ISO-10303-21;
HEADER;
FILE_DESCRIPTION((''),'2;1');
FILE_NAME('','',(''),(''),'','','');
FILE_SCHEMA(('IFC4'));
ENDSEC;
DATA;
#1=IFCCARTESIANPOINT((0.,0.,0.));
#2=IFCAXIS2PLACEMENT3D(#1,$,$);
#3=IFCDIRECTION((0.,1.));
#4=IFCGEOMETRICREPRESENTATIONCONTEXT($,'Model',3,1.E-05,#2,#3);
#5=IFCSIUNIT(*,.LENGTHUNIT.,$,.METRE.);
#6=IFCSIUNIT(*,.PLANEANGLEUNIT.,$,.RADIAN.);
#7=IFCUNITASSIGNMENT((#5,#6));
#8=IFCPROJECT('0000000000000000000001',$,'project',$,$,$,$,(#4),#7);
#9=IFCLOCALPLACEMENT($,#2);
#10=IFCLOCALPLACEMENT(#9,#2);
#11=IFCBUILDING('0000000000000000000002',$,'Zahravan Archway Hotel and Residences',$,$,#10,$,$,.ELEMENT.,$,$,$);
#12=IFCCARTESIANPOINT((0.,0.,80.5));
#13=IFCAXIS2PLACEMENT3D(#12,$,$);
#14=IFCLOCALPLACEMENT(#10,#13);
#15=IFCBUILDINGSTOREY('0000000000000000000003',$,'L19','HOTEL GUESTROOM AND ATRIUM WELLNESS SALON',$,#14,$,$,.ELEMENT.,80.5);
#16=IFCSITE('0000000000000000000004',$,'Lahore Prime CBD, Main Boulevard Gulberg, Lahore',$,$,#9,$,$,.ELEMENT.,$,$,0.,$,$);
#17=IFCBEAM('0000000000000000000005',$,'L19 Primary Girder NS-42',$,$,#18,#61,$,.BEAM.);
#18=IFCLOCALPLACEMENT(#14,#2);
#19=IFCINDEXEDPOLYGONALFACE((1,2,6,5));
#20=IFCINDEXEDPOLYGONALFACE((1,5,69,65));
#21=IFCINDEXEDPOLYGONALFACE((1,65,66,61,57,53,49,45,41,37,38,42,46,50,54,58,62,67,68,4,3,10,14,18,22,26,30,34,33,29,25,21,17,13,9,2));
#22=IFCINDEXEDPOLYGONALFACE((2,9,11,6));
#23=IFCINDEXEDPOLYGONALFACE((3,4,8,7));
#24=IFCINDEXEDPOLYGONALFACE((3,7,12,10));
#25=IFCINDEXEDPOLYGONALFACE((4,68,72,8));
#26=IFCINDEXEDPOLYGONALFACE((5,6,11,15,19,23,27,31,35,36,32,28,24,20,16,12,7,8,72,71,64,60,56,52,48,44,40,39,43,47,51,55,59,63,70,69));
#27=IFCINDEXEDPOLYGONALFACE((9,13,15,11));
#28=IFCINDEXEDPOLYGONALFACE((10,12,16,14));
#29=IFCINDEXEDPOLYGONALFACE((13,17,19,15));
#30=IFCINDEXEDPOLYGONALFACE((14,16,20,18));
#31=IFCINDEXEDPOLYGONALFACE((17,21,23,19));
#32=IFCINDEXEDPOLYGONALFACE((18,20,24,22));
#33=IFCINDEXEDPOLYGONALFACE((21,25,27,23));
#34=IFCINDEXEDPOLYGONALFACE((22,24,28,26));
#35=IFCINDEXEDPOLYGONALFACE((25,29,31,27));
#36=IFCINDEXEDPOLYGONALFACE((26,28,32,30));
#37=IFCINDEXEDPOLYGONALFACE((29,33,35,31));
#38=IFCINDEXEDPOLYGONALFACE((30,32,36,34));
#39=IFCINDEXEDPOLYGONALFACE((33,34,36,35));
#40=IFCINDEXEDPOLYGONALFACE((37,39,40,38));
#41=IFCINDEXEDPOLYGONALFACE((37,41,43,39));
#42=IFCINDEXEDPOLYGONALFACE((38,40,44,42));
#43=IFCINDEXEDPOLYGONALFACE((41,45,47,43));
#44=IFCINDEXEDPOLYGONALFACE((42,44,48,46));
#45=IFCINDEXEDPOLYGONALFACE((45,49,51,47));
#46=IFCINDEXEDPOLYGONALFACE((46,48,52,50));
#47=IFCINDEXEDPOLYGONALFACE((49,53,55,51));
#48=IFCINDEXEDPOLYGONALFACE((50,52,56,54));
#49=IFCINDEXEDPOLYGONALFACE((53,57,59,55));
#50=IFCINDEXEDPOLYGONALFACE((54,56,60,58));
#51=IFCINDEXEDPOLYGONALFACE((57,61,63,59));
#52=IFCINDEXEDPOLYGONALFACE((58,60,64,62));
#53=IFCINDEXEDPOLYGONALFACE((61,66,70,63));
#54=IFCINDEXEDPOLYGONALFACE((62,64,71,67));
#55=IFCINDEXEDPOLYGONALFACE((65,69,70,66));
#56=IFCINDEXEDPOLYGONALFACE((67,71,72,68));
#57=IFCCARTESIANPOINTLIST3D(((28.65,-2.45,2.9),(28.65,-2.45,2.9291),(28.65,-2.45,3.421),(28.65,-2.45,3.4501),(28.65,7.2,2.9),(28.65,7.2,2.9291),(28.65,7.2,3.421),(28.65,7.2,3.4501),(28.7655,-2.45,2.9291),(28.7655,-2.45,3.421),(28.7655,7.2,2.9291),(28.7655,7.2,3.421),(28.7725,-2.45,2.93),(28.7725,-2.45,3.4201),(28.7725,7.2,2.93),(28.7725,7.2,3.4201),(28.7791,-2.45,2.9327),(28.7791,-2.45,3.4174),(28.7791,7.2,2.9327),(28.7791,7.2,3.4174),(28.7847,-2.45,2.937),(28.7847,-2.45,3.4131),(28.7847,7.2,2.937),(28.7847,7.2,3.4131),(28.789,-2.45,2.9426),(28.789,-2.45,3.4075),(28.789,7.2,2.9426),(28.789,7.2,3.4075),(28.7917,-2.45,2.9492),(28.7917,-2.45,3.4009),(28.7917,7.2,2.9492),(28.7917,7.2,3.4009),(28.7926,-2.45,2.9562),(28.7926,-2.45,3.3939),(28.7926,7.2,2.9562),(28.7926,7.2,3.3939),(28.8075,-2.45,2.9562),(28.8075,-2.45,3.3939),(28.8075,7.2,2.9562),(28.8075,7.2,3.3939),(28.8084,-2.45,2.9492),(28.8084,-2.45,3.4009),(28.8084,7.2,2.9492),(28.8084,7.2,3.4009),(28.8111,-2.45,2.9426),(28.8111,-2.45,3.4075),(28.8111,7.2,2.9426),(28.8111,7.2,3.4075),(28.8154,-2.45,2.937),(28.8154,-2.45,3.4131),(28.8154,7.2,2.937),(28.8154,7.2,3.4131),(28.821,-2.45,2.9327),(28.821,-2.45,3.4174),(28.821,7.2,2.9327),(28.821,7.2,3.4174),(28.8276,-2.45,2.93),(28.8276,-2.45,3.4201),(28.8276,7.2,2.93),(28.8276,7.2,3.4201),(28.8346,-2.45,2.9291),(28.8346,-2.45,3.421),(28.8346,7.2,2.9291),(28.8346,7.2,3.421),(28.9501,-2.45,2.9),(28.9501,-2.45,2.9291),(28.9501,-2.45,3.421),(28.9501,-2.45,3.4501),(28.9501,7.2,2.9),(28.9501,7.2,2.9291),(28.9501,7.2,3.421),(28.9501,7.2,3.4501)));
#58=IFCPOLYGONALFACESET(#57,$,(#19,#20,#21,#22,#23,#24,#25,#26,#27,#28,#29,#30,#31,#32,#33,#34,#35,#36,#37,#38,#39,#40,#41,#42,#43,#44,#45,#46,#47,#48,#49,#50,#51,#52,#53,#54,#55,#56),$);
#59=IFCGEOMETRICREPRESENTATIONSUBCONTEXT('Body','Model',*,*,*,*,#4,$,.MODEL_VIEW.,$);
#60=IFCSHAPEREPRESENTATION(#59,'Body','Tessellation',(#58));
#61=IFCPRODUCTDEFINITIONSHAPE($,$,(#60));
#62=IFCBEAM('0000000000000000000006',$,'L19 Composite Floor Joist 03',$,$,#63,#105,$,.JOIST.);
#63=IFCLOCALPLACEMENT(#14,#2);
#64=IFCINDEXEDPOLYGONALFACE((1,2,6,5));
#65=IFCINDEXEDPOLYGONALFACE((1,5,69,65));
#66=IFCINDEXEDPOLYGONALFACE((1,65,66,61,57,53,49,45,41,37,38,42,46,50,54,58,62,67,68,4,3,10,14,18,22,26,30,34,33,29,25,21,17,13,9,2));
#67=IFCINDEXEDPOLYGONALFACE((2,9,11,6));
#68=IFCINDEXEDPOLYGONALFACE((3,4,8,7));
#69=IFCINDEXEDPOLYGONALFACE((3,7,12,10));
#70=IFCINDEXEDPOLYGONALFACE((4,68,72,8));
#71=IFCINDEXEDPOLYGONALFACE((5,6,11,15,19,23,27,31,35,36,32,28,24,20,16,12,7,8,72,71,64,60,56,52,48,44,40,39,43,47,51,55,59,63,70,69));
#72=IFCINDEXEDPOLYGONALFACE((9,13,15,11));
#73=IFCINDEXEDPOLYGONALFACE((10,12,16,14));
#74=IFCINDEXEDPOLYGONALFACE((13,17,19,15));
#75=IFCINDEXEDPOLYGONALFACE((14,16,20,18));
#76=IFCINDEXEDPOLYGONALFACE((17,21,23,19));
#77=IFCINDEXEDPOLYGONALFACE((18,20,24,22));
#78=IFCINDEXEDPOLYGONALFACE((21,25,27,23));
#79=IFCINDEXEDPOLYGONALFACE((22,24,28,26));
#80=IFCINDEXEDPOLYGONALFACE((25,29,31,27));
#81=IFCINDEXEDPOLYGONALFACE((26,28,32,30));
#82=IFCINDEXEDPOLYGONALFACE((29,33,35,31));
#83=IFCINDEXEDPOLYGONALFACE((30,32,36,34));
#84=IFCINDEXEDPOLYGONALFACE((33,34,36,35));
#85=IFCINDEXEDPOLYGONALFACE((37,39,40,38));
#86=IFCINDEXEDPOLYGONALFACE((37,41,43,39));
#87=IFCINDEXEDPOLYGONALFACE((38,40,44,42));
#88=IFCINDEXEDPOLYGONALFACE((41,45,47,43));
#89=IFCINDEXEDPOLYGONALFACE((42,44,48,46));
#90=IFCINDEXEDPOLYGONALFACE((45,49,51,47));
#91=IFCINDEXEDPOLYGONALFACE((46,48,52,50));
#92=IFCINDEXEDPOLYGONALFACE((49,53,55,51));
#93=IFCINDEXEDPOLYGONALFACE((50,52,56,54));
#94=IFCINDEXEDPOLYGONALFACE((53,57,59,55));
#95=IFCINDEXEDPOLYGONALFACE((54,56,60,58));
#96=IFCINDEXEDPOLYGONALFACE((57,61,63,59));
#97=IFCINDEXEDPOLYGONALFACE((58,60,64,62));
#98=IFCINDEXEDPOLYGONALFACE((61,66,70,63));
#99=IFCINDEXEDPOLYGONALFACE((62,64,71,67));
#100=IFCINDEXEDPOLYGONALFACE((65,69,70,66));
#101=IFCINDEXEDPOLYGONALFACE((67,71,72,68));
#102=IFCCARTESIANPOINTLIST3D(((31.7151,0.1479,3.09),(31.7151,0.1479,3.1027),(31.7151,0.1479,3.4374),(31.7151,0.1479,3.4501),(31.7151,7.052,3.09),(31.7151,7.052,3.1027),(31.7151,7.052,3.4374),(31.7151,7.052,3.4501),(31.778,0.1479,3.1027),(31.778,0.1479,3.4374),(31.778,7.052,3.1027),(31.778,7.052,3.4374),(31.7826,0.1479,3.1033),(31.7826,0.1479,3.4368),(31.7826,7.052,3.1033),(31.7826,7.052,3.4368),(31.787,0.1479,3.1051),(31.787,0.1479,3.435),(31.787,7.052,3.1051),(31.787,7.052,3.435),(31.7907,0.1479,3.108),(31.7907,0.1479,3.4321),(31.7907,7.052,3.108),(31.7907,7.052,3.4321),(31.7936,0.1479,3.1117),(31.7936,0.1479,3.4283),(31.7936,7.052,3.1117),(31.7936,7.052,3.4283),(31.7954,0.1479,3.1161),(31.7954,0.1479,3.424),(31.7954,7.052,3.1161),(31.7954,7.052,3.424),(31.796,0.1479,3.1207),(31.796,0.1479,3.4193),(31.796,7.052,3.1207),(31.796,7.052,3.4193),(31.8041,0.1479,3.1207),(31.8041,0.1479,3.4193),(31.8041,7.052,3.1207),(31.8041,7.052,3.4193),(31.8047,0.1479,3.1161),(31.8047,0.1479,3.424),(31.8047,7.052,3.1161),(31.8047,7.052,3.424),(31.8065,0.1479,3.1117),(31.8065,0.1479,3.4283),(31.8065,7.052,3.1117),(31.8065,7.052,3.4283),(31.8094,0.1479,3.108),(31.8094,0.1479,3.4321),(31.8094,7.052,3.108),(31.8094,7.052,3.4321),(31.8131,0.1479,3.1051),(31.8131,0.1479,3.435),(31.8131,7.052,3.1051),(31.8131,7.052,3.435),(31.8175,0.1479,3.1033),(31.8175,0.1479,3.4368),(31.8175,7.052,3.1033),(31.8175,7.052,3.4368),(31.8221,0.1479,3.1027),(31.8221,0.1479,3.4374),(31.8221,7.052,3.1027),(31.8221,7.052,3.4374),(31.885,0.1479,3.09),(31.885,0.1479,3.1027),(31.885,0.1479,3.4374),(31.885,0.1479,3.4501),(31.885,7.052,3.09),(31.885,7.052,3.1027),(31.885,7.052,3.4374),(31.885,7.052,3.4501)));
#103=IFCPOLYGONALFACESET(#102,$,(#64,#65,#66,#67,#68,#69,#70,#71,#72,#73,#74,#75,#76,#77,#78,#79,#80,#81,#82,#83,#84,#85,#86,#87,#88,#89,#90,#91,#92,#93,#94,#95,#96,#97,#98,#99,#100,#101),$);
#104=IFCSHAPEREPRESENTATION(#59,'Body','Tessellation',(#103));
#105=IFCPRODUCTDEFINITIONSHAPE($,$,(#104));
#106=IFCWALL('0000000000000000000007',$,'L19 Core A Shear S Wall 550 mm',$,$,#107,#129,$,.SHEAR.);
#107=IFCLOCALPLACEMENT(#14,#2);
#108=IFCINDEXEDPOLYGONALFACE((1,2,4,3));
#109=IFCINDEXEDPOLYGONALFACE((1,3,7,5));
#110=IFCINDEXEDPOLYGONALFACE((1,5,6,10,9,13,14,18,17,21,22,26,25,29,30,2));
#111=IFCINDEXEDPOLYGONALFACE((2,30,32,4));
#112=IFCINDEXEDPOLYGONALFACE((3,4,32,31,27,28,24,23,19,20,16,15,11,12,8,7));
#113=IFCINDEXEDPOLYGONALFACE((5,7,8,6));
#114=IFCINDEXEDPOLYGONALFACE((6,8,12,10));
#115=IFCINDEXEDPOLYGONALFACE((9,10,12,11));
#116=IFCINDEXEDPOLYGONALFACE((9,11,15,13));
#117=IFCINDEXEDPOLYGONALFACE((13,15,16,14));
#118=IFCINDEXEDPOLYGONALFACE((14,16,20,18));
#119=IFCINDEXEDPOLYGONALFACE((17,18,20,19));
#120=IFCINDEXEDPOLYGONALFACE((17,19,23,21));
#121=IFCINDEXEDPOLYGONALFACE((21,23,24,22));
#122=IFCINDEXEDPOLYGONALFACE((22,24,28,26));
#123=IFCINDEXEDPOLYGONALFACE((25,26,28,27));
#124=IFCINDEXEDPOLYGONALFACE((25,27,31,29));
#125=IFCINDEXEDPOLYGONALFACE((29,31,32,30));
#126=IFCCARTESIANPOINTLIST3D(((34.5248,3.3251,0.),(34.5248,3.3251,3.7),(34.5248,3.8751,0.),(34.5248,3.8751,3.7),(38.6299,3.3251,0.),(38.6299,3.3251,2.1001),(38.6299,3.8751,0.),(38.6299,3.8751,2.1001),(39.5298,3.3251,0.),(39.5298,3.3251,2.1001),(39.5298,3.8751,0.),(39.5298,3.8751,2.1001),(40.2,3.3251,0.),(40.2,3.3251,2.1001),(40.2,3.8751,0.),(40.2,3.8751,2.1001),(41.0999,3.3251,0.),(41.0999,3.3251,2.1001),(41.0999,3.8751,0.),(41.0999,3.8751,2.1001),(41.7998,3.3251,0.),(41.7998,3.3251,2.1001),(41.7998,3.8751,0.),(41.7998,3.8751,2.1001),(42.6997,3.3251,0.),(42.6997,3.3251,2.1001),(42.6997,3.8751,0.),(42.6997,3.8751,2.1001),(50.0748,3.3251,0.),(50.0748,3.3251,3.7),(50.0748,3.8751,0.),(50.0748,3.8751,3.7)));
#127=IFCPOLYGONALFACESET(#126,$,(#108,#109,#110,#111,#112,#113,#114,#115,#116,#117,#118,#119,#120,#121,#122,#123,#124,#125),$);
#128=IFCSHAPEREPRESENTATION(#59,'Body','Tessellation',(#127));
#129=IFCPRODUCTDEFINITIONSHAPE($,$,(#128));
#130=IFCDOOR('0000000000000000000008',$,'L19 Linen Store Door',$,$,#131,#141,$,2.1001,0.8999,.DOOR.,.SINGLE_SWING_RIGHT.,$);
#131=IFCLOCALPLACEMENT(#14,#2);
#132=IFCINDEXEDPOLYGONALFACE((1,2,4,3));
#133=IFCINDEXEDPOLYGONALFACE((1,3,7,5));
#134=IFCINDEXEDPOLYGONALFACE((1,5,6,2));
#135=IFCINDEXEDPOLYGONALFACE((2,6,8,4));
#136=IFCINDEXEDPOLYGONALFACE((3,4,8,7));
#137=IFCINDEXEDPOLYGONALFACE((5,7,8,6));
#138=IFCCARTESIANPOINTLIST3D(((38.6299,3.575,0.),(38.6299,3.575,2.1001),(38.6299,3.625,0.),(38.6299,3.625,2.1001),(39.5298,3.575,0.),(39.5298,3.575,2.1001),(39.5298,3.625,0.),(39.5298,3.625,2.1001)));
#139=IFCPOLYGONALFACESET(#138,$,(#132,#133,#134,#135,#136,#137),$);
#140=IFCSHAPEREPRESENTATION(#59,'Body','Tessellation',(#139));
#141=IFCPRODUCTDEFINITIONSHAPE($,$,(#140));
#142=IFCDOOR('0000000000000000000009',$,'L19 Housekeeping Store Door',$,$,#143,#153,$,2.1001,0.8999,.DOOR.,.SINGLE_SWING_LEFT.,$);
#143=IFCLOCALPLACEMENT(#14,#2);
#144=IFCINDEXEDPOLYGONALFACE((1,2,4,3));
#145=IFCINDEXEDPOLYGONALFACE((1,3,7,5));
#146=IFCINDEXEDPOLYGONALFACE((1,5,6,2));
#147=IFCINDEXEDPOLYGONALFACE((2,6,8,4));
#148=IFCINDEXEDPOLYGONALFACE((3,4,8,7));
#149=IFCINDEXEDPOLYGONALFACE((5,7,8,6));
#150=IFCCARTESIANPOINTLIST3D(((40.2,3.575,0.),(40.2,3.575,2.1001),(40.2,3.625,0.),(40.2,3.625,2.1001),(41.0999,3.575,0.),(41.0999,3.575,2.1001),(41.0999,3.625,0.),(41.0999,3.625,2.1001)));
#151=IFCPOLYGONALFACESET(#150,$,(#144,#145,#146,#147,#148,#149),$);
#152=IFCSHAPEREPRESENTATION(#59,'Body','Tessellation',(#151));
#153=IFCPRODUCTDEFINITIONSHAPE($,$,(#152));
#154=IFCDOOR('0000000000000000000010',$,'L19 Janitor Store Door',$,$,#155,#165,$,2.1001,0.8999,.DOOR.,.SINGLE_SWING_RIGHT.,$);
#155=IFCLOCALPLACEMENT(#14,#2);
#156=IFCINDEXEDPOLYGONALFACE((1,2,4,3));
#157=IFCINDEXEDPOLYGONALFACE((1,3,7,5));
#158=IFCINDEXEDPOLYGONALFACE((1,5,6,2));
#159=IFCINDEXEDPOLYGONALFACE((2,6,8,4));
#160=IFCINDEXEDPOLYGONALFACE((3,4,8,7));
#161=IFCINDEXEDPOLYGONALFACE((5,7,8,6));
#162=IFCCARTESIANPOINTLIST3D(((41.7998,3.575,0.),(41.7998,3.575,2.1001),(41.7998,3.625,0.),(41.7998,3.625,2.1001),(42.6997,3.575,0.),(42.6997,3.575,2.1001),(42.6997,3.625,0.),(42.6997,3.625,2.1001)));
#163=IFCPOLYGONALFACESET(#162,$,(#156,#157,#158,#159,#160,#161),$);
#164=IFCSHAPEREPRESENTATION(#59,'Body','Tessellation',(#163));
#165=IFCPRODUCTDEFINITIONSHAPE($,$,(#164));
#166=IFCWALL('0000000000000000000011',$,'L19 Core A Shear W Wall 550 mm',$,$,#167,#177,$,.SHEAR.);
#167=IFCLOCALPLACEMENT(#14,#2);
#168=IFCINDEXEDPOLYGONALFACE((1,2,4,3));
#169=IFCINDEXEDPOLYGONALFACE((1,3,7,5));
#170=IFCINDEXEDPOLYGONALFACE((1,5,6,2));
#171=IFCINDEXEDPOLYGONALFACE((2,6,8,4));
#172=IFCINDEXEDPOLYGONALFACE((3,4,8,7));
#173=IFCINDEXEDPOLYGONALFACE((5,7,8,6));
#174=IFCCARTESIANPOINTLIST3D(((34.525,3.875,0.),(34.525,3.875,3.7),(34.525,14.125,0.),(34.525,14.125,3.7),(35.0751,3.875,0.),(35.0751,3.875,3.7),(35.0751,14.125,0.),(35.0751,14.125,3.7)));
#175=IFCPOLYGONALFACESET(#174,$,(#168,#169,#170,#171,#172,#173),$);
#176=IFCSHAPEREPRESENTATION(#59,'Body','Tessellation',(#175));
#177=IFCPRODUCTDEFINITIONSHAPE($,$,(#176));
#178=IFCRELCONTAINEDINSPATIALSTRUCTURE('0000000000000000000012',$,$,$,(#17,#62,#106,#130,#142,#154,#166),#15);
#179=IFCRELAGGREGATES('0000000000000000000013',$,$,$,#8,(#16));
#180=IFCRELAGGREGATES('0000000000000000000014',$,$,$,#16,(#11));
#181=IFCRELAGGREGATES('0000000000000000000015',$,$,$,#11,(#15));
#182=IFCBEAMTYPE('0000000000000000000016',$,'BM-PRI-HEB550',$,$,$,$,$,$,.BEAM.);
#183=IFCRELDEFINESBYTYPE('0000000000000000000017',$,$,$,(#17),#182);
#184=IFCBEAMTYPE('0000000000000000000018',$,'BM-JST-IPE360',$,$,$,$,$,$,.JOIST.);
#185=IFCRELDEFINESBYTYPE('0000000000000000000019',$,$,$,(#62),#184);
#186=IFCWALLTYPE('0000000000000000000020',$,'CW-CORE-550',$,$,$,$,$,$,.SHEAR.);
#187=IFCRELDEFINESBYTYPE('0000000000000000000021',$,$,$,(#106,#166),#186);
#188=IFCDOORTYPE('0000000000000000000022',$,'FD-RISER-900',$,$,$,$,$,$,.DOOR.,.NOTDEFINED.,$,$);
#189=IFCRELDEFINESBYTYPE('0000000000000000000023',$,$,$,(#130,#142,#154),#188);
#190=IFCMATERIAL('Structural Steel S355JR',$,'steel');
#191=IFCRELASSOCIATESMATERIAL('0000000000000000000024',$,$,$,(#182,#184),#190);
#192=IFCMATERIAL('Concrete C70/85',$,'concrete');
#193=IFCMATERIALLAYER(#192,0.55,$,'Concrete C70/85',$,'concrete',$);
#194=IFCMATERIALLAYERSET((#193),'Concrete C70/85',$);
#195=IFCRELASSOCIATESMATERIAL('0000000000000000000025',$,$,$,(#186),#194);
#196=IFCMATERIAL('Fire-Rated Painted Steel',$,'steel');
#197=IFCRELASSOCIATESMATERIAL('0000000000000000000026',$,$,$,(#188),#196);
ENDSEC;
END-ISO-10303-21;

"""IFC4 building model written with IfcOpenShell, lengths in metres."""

from ifc_helpers import new_model, si_unit, direction, frame, frame_2d, origin, origin_2d, place, context, subcontext, project, spatial, rectangle, i_section, extrude, source, transform, mapped, material, layer, layer_set, material_profile, profile_set, type_object, type_shapes, element, fill, save


model = new_model("IFC4")

# Units and contexts
model_context = context("Model", 3, precision=1e-05, world=origin(), true_north=direction((0.0, 1.0)))
body_context = subcontext(model_context, "Body", "Model", "MODEL_VIEW")
ifc_project = project(units=[si_unit("LENGTHUNIT", "METRE"), si_unit("PLANEANGLEUNIT", "RADIAN")], contexts=[model_context])

# Site, building, storey
site_placement = place(None, origin())
site = spatial("IfcSite", under=ifc_project, at=site_placement, Name="Lahore Prime CBD, Main Boulevard Gulberg, Lahore", CompositionType="ELEMENT", RefElevation=0.0)
building_placement = place(site_placement, origin())
building = spatial("IfcBuilding", under=site, at=building_placement, Name="Zahravan Archway Hotel and Residences", CompositionType="ELEMENT")
storey_placement = place(building_placement, frame((0.0, 0.0, 80.5)))
storey = spatial("IfcBuildingStorey", under=building, at=storey_placement, Name="L19", Description="HOTEL GUESTROOM AND ATRIUM WELLNESS SALON", CompositionType="ELEMENT", Elevation=80.5)

# Shared definitions
ifc_material_1 = material(Name="Concrete C70/85", Category="concrete")

# Beams
ifc_material_2 = material(Name="Structural Steel S355JR", Category="steel")
ifc_material_profile_1 = material_profile(ifc_material_2, i_section(OverallWidth=0.3, OverallDepth=0.55, WebThickness=0.0149, FlangeThickness=0.0291, FilletRadius=0.0271, at=origin_2d()), Name="HEB 550", Category="steel")
ifc_profile_set_1 = profile_set([ifc_material_profile_1], Name="Structural Steel S355JR")
beam_type_1 = type_object("IfcBeamType", Name="BM-PRI-HEB550", PredefinedType="BEAM", material=ifc_profile_set_1)
shared_shape_1 = source(origin(), body_context, "Body", "SweptSolid", [
    extrude(i_section(OverallWidth=0.3, OverallDepth=0.55, WebThickness=0.0149, FlangeThickness=0.0291, FilletRadius=0.0271, at=origin_2d()), origin(), (0.0, 0.0, 1.0), 9.6499),
])
beam_1_placement = place(storey_placement, frame((28.8, -2.45, 3.175), z_axis=(0.0, 1.0, 0.0), x_axis=(-1.0, 0.0, 0.0)))
element("IfcBeam", 1, at=beam_1_placement, inside=storey, type_object=beam_type_1, Name="L19 Primary Girder NS-42", PredefinedType="BEAM", context=body_context, shape_type="MappedRepresentation", body=[
    mapped(shared_shape_1, transform((0.0, 0.0, 0.0), scale=1.0)),
])
ifc_material_profile_2 = material_profile(ifc_material_2, i_section(OverallWidth=0.1699, OverallDepth=0.3601, WebThickness=0.0081, FlangeThickness=0.0127, FilletRadius=0.0181, at=origin_2d()), Name="IPE 360", Category="steel")
ifc_profile_set_2 = profile_set([ifc_material_profile_2], Name="Structural Steel S355JR")
beam_type_2 = type_object("IfcBeamType", Name="BM-JST-IPE360", PredefinedType="JOIST", material=ifc_profile_set_2)
shared_shape_2 = source(origin(), body_context, "Body", "SweptSolid", [
    extrude(i_section(OverallWidth=0.1699, OverallDepth=0.3601, WebThickness=0.0081, FlangeThickness=0.0127, FilletRadius=0.0181, at=origin_2d()), origin(), (0.0, 0.0, 1.0), 6.9041),
])
type_shapes(beam_type_2, [shared_shape_2])
beam_2_placement = place(storey_placement, frame((31.8, 0.1479, 3.27), z_axis=(0.0, 1.0, 0.0), x_axis=(-1.0, 0.0, 0.0)))
element("IfcBeam", 2, at=beam_2_placement, inside=storey, type_object=beam_type_2, Name="L19 Composite Floor Joist 03", PredefinedType="JOIST", context=body_context, shape_type="MappedRepresentation", body=[
    mapped(shared_shape_2, transform((0.0, 0.0, 0.0), scale=1.0)),
])

# Wall, openings, doors
ifc_layer_1 = layer(ifc_material_1, 0.55, Name="Concrete C70/85", Category="concrete")
ifc_layer_set_1 = layer_set([ifc_layer_1], Name="Concrete C70/85")
wall_type_1 = type_object("IfcWallType", Name="CW-CORE-550", PredefinedType="SHEAR", material=ifc_layer_set_1)
wall_1_placement = place(storey_placement, frame((34.5249, 3.6001, 0.0), z_axis=(0.0, 0.0, 1.0), x_axis=(1.0, 0.0, 0.0)))
wall_1 = element("IfcWall", 3, at=wall_1_placement, inside=storey, type_object=wall_type_1, Name="L19 Core A Shear S Wall 550 mm", PredefinedType="SHEAR", context=body_context, shape_type="SweptSolid", body=[
    extrude(rectangle(XDim=15.55, YDim=0.55, at=frame_2d((7.7749, 0.0))), origin(), (0.0, 0.0, 1.0), 3.7),
])
opening_1_placement = place(wall_1_placement, frame((4.105, 0.0, 0.0)))
opening_1 = element("IfcOpeningElement", 4, at=opening_1_placement, cuts=wall_1, PredefinedType="OPENING", context=body_context, shape_type="SweptSolid", body=[
    extrude(rectangle(XDim=0.8999, YDim=2.1001, at=frame_2d((0.45, 1.05))), frame((0.0, 0.2852, 0.0), z_axis=(0.0, -1.0, 0.0), x_axis=(1.0, 0.0, 0.0)), (0.0, 0.0, 1.0), 0.5701),
])
opening_2_placement = place(wall_1_placement, frame((5.675, 0.0, 0.0)))
opening_2 = element("IfcOpeningElement", 5, at=opening_2_placement, cuts=wall_1, PredefinedType="OPENING", context=body_context, shape_type="SweptSolid", body=[
    extrude(rectangle(XDim=0.8999, YDim=2.1001, at=frame_2d((0.45, 1.05))), frame((0.0, 0.2852, 0.0), z_axis=(0.0, -1.0, 0.0), x_axis=(1.0, 0.0, 0.0)), (0.0, 0.0, 1.0), 0.5701),
])
opening_3_placement = place(wall_1_placement, frame((7.2749, 0.0, 0.0)))
opening_3 = element("IfcOpeningElement", 6, at=opening_3_placement, cuts=wall_1, PredefinedType="OPENING", context=body_context, shape_type="SweptSolid", body=[
    extrude(rectangle(XDim=0.8999, YDim=2.1001, at=frame_2d((0.45, 1.05))), frame((0.0, 0.2852, 0.0), z_axis=(0.0, -1.0, 0.0), x_axis=(1.0, 0.0, 0.0)), (0.0, 0.0, 1.0), 0.5701),
])
ifc_material_3 = material(Name="Fire-Rated Painted Steel", Category="steel")
door_type_1 = type_object("IfcDoorType", Name="FD-RISER-900", OperationType="NOTDEFINED", PredefinedType="DOOR", material=ifc_material_3)
shared_shape_3 = source(origin(), body_context, "Body", "SweptSolid", [
    extrude(rectangle(XDim=0.8999, YDim=2.1001, at=frame_2d((0.45, 1.05))), frame((0.0, 0.0249, 0.0), z_axis=(0.0, -1.0, 0.0), x_axis=(1.0, 0.0, 0.0)), (0.0, 0.0, 1.0), 0.05),
])
type_shapes(door_type_1, [shared_shape_3])
door_1_placement = place(opening_1_placement, origin())
door_1 = element("IfcDoor", 7, at=door_1_placement, inside=storey, type_object=door_type_1, Name="L19 Linen Store Door", OperationType="SINGLE_SWING_RIGHT", OverallHeight=2.1001, OverallWidth=0.8999, PredefinedType="DOOR", context=body_context, shape_type="MappedRepresentation", body=[
    mapped(shared_shape_3, transform((0.0, 0.0, 0.0), scale=1.0)),
])
fill(opening_1, door_1)
door_2_placement = place(opening_2_placement, origin())
door_2 = element("IfcDoor", 8, at=door_2_placement, inside=storey, type_object=door_type_1, Name="L19 Housekeeping Store Door", OperationType="SINGLE_SWING_LEFT", OverallHeight=2.1001, OverallWidth=0.8999, PredefinedType="DOOR", context=body_context, shape_type="MappedRepresentation", body=[
    mapped(shared_shape_3, transform((0.0, 0.0, 0.0), scale=1.0)),
])
fill(opening_2, door_2)
door_3_placement = place(opening_3_placement, origin())
door_3 = element("IfcDoor", 9, at=door_3_placement, inside=storey, type_object=door_type_1, Name="L19 Janitor Store Door", OperationType="SINGLE_SWING_RIGHT", OverallHeight=2.1001, OverallWidth=0.8999, PredefinedType="DOOR", context=body_context, shape_type="MappedRepresentation", body=[
    mapped(shared_shape_3, transform((0.0, 0.0, 0.0), scale=1.0)),
])
fill(opening_3, door_3)

# Wall
wall_2_placement = place(storey_placement, frame((34.8, 3.875, 0.0), z_axis=(0.0, 0.0, 1.0), x_axis=(0.0, 1.0, 0.0)))
element("IfcWall", 10, at=wall_2_placement, inside=storey, type_object=wall_type_1, Name="L19 Core A Shear W Wall 550 mm", PredefinedType="SHEAR", context=body_context, shape_type="SweptSolid", body=[
    extrude(rectangle(XDim=10.25, YDim=0.55, at=frame_2d((5.125, 0.0))), origin(), (0.0, 0.0, 1.0), 3.7),
])

save(model, "model.ifc")
